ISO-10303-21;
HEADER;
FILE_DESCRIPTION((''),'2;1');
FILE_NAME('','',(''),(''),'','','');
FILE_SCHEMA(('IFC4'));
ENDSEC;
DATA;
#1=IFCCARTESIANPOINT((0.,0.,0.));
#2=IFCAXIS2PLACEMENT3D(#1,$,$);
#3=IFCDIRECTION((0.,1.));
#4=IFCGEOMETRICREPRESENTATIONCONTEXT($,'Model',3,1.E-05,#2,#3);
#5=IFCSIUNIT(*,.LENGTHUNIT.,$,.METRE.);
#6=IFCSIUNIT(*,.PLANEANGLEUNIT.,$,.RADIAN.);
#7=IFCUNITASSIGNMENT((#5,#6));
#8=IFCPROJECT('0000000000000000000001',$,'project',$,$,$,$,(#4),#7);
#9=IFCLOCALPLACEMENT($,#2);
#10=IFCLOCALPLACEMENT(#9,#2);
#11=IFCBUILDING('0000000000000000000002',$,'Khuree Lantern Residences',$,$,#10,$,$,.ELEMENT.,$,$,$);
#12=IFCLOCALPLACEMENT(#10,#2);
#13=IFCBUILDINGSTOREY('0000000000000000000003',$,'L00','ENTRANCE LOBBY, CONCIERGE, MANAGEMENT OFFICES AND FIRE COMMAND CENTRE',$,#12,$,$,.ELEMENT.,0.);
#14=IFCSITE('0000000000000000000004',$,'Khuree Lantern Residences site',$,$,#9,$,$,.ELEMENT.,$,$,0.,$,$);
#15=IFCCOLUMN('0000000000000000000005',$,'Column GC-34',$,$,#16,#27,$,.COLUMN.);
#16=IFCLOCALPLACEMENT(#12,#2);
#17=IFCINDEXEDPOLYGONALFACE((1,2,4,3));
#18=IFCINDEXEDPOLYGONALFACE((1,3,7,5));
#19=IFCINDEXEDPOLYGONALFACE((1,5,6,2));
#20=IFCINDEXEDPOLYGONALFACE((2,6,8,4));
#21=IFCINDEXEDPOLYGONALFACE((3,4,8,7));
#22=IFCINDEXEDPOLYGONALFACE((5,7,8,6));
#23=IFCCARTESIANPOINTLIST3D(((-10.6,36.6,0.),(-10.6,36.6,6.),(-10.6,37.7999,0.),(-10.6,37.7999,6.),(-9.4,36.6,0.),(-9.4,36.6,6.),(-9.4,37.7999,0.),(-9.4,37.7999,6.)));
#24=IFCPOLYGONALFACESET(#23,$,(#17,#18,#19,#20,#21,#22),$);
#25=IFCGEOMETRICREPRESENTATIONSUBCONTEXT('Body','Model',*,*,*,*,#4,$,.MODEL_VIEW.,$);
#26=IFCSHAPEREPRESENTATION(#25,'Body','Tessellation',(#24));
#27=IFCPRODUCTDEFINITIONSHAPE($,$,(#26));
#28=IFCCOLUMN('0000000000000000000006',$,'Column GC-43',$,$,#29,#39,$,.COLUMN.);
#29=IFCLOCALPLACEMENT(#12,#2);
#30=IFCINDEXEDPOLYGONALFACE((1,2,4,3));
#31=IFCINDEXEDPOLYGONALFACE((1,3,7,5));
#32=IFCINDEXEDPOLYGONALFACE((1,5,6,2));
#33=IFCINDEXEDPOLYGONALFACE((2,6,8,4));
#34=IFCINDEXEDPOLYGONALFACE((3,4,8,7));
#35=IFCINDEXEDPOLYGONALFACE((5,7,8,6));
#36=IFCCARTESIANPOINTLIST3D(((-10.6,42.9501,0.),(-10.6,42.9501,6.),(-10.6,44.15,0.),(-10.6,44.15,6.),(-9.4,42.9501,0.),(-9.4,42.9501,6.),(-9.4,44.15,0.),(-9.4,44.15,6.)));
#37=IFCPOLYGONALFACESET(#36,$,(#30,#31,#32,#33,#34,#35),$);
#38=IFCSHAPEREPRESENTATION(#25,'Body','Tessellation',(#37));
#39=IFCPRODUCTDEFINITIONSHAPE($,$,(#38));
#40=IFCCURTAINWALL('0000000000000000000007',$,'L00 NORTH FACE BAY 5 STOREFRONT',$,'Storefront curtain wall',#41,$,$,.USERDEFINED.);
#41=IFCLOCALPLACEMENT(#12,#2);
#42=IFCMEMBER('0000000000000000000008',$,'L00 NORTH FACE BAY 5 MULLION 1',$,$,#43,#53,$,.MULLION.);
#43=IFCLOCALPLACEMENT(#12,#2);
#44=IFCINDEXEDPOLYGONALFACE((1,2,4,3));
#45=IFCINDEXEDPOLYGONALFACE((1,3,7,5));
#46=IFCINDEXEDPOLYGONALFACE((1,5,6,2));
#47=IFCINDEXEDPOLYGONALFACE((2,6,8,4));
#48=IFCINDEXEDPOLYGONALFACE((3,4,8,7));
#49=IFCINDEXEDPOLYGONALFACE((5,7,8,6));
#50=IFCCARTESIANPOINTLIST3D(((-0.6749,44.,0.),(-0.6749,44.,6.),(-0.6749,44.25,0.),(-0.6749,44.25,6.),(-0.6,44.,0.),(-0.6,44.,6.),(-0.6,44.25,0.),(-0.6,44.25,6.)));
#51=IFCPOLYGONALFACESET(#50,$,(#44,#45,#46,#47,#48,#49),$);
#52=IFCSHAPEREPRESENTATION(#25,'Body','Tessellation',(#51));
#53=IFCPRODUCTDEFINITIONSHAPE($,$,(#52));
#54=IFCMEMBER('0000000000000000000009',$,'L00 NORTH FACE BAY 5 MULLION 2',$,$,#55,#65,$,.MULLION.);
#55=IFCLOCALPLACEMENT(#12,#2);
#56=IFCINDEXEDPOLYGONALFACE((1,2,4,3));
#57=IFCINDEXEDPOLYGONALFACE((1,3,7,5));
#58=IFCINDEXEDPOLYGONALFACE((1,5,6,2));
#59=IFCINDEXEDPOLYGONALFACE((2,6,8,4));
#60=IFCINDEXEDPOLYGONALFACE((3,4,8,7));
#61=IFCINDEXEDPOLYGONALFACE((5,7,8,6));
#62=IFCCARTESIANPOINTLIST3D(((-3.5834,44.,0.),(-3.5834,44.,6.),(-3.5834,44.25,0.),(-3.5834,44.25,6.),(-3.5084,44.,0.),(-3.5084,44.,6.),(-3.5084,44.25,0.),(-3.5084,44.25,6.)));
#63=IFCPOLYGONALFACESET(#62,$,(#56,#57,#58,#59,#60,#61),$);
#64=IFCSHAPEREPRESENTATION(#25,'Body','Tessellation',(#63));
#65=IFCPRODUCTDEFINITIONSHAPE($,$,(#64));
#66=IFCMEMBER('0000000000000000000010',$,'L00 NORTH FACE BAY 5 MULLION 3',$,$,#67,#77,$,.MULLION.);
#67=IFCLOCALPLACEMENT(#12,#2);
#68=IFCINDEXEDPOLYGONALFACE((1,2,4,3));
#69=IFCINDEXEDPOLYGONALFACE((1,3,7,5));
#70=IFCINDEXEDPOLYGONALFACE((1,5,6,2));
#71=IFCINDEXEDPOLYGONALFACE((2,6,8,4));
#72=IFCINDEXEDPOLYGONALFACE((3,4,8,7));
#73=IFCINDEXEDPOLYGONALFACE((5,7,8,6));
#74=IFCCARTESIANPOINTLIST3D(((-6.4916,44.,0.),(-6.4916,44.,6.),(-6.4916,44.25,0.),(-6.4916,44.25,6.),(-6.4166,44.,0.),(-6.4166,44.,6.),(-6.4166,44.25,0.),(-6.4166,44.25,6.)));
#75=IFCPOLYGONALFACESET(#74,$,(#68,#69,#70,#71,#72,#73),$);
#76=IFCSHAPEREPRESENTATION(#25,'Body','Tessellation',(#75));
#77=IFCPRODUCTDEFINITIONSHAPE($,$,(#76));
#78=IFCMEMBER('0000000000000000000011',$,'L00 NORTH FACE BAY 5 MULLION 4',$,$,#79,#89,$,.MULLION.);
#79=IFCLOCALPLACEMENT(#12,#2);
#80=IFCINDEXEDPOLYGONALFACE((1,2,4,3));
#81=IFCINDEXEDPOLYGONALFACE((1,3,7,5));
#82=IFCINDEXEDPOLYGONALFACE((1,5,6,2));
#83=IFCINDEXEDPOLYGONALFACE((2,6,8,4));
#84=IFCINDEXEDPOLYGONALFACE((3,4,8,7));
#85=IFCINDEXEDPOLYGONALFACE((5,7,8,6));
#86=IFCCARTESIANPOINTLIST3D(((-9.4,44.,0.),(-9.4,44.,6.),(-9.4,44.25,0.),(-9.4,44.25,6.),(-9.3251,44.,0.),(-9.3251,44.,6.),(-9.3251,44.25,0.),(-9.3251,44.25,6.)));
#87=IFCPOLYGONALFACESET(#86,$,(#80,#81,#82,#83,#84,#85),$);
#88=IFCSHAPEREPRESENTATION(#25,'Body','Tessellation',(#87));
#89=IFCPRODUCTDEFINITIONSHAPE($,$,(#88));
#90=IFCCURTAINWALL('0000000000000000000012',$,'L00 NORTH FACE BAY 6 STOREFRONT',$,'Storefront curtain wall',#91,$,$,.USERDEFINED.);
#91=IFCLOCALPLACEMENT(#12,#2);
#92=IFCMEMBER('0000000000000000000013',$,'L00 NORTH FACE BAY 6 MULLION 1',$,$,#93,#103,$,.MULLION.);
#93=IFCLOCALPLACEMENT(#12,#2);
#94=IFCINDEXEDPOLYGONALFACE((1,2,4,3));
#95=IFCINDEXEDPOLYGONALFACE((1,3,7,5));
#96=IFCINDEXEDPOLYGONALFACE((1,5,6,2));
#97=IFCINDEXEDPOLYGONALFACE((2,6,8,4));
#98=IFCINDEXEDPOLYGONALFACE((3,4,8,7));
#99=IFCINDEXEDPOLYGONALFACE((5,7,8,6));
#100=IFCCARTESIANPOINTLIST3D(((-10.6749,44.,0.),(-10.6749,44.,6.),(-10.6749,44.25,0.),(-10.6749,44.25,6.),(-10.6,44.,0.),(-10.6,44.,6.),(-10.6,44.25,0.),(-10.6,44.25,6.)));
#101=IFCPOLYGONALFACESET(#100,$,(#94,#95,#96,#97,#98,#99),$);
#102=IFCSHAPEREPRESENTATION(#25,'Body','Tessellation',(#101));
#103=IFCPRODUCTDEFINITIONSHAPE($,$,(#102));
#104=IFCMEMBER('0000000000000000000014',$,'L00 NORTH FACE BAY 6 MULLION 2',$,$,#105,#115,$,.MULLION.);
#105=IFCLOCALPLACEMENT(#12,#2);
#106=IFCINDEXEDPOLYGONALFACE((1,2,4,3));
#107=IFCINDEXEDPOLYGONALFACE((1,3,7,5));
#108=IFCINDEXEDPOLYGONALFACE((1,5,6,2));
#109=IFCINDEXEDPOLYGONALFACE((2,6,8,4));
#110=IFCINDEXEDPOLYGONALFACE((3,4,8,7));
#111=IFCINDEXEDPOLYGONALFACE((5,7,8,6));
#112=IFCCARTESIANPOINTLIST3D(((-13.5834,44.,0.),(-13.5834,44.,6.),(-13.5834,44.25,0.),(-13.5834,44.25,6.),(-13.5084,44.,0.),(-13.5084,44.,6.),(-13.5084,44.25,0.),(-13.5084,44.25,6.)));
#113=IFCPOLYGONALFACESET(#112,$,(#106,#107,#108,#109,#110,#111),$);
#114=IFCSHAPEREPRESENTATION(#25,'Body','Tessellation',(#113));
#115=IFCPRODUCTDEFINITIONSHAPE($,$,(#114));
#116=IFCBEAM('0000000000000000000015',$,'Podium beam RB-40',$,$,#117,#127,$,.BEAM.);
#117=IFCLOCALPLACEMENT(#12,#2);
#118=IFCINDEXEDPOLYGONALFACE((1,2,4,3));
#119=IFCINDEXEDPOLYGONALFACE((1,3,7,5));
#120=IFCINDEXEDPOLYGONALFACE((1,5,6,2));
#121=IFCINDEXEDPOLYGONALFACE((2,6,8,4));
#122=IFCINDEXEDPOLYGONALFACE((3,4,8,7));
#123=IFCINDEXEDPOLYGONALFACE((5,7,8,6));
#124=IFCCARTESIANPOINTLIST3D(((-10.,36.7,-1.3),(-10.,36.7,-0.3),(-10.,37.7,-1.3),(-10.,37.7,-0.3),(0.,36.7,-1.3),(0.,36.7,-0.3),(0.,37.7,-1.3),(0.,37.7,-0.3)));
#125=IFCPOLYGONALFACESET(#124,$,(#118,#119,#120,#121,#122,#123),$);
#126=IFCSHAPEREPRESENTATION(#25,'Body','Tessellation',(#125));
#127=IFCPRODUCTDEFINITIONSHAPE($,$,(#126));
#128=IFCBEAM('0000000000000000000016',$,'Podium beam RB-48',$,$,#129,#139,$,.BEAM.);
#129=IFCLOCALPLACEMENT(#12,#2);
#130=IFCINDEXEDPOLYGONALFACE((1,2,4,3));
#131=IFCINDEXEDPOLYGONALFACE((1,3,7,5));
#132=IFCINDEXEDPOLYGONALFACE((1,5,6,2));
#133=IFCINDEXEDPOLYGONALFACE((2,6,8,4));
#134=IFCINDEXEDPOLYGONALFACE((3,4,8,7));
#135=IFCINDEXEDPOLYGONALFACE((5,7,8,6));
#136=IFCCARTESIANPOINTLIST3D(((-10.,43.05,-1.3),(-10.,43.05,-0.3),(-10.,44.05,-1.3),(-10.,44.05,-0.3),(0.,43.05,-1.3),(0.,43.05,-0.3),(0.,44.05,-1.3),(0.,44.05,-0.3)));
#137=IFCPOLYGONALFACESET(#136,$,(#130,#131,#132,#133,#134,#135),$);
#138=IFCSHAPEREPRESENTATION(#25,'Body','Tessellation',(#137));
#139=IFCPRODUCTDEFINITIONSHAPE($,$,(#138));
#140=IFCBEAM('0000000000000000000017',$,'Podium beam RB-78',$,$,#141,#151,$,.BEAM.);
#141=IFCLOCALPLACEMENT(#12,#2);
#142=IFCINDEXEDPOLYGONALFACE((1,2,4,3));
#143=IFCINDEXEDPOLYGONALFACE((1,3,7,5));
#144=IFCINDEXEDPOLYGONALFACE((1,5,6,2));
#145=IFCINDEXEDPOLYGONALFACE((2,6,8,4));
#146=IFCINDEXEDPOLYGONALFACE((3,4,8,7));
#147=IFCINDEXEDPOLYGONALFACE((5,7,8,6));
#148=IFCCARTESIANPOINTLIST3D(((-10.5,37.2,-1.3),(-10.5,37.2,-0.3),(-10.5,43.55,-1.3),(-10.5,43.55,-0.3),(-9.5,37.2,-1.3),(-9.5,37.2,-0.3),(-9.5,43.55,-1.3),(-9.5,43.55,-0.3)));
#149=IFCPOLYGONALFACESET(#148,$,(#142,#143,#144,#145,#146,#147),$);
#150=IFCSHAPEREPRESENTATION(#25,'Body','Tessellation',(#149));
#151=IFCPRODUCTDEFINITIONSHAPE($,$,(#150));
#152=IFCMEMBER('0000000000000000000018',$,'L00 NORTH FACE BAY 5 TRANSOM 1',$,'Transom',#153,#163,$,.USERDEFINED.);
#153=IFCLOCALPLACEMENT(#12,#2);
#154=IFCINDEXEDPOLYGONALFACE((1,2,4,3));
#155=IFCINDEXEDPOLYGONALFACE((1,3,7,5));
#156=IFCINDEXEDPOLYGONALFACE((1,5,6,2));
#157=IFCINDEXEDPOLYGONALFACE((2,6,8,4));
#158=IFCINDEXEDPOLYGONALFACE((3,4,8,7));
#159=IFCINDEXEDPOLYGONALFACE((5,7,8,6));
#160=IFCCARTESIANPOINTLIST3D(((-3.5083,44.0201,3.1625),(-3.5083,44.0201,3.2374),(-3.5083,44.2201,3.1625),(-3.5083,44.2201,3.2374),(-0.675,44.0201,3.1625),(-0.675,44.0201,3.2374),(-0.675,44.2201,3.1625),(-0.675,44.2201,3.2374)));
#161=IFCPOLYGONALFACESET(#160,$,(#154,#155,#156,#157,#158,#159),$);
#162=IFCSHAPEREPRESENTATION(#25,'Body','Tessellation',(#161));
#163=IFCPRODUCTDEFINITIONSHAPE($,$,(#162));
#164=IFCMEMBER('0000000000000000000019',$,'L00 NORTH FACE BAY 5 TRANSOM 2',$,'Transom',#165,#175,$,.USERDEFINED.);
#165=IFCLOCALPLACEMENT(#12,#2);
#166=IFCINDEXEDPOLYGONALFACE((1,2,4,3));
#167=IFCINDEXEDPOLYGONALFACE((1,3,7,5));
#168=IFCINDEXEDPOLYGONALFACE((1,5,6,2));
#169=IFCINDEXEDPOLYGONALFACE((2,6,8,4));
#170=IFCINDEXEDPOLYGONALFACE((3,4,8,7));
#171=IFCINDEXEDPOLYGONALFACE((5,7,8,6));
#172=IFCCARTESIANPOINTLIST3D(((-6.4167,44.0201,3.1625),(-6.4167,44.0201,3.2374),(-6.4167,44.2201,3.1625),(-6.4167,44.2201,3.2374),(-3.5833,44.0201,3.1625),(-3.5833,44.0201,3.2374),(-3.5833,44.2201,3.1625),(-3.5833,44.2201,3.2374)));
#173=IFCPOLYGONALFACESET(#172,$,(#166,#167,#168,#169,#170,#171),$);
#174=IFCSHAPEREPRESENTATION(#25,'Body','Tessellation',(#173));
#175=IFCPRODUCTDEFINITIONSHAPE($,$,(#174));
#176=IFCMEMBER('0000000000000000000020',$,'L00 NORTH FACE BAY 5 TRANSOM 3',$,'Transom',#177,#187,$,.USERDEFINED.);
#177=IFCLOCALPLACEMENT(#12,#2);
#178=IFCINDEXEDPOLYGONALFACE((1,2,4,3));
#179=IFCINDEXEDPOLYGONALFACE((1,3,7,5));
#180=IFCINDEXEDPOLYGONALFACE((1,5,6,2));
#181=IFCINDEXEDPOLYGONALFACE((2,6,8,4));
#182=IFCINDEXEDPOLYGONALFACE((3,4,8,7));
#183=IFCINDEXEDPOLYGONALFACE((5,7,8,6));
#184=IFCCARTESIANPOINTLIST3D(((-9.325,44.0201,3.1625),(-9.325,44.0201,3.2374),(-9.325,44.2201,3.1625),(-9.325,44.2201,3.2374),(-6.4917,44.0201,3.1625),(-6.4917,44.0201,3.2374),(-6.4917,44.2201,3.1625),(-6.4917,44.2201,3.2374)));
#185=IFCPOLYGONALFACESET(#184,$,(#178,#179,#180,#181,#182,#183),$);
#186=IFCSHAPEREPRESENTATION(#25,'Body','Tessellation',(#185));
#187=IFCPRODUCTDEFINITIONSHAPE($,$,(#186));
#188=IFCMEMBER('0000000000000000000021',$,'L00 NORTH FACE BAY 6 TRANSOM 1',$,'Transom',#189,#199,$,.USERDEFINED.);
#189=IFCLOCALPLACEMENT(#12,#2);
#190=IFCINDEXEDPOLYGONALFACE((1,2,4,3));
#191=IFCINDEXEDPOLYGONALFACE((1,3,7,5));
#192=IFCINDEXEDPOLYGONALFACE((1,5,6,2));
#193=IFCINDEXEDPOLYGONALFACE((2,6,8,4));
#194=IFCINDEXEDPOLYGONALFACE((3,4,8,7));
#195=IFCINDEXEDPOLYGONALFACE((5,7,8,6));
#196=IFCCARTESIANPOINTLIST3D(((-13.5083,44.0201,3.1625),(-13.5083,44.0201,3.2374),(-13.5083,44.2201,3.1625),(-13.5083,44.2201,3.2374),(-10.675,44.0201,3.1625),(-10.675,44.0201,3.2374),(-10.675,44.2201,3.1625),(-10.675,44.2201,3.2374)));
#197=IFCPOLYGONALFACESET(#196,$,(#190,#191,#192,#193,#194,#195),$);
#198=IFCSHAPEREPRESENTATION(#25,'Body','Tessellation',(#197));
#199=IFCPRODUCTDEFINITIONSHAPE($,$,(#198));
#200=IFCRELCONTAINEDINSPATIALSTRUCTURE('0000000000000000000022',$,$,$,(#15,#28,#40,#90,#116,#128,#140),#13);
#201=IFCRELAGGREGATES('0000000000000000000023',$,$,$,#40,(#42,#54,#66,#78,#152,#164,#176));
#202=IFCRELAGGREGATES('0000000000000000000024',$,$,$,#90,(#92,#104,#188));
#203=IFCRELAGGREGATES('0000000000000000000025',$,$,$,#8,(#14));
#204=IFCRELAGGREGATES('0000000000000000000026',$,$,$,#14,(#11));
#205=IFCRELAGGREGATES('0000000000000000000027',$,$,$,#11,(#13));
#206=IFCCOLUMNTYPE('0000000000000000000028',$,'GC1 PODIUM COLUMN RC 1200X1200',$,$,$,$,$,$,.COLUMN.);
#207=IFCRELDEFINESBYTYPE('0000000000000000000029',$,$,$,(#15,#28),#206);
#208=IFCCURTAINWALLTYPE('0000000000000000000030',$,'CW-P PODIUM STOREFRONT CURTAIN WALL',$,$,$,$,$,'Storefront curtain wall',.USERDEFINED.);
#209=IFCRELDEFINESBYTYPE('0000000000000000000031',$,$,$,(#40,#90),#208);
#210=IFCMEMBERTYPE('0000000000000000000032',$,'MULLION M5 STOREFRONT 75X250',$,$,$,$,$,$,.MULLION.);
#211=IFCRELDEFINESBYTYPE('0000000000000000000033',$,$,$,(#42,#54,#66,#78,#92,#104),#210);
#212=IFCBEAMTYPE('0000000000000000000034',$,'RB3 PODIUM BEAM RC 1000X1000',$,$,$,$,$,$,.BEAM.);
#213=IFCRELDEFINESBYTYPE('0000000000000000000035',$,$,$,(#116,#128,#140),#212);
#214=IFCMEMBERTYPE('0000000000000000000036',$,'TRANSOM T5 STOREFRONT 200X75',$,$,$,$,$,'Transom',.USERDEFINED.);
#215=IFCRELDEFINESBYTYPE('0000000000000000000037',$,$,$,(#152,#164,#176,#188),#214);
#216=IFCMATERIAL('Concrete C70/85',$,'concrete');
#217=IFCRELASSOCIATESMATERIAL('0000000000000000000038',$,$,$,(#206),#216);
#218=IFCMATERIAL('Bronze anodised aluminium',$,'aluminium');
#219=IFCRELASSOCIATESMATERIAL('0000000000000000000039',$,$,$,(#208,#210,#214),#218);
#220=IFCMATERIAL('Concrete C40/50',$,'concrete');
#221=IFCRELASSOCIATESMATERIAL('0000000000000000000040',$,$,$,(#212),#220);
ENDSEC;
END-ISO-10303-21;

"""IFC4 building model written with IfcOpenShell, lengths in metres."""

from ifc_helpers import new_model, si_unit, direction, frame, origin, origin_2d, place, context, subcontext, project, spatial, rectangle, extrude, material, material_profile, profile_set, type_object, element, aggregate, save


model = new_model("IFC4")

# Units and contexts
model_context = context("Model", 3, precision=1e-05, world=origin(), true_north=direction((0.0, 1.0)))
body_context = subcontext(model_context, "Body", "Model", "MODEL_VIEW")
ifc_project = project(units=[si_unit("LENGTHUNIT", "METRE"), si_unit("PLANEANGLEUNIT", "RADIAN")], contexts=[model_context])

# Site, building, storey
site_placement = place(None, origin())
site = spatial("IfcSite", under=ifc_project, at=site_placement, Name="Khuree Lantern Residences site", CompositionType="ELEMENT", RefElevation=0.0)
building_placement = place(site_placement, origin())
building = spatial("IfcBuilding", under=site, at=building_placement, Name="Khuree Lantern Residences", CompositionType="ELEMENT")
storey_placement = place(building_placement, origin())
storey = spatial("IfcBuildingStorey", under=building, at=storey_placement, Name="L00", Description="ENTRANCE LOBBY, CONCIERGE, MANAGEMENT OFFICES AND FIRE COMMAND CENTRE", CompositionType="ELEMENT", Elevation=0.0)

# Columns
ifc_material_1 = material(Name="Concrete C70/85", Category="concrete")
ifc_material_profile_1 = material_profile(ifc_material_1, rectangle(XDim=1.2, YDim=1.2, at=origin_2d()), Name="RC 1200X1200")
ifc_profile_set_1 = profile_set([ifc_material_profile_1], Name="Concrete C70/85")
column_type = type_object("IfcColumnType", Name="GC1 PODIUM COLUMN RC 1200X1200", PredefinedType="COLUMN", material=ifc_profile_set_1)
for number, where, z_axis, x_axis, name in (
    (1, (-10.0, 37.2, 0.0), (0.0, 0.0, 1.0), (1.0, 0.0, 0.0), "Column GC-34"),
    (2, (-10.0, 43.55, 0.0), (0.0, 0.0, 1.0), (1.0, 0.0, 0.0), "Column GC-43"),
):
    element("IfcColumn", number, at=place(storey_placement, frame(where, z_axis=z_axis, x_axis=x_axis)), inside=storey, type_object=column_type, Name=name, PredefinedType="COLUMN", context=body_context, shape_type="SweptSolid", body=[
        extrude(rectangle(XDim=1.2, YDim=1.2, at=origin_2d()), origin(), (0.0, 0.0, 1.0), 6.0),
    ])

# Curtain walls, members
ifc_material_2 = material(Name="Bronze anodised aluminium", Category="aluminium")
curtain_wall_type = type_object("IfcCurtainWallType", Name="CW-P PODIUM STOREFRONT CURTAIN WALL", ElementType="Storefront curtain wall", PredefinedType="USERDEFINED", material=ifc_material_2)
curtain_wall_1_placement = place(storey_placement, origin())
curtain_wall_1 = element("IfcCurtainWall", 3, at=curtain_wall_1_placement, inside=storey, type_object=curtain_wall_type, Name="L00 NORTH FACE BAY 5 STOREFRONT", ObjectType="Storefront curtain wall", PredefinedType="USERDEFINED")
ifc_material_profile_2 = material_profile(ifc_material_2, rectangle(XDim=0.075, YDim=0.25, at=origin_2d()), Name="M5 75X250")
ifc_profile_set_2 = profile_set([ifc_material_profile_2], Name="Bronze anodised aluminium")
member_type_1 = type_object("IfcMemberType", Name="MULLION M5 STOREFRONT 75X250", PredefinedType="MULLION", material=ifc_profile_set_2)
member_1_placement = place(storey_placement, frame((-0.6375, 44.125, 0.0), z_axis=(0.0, 0.0, 1.0), x_axis=(-1.0, 0.0, 0.0)))
member_1 = element("IfcMember", 4, at=member_1_placement, type_object=member_type_1, Name="L00 NORTH FACE BAY 5 MULLION 1", PredefinedType="MULLION", context=body_context, shape_type="SweptSolid", body=[
    extrude(rectangle(XDim=0.075, YDim=0.25, at=origin_2d()), origin(), (0.0, 0.0, 1.0), 6.0),
])
member_2_placement = place(storey_placement, frame((-3.5459, 44.125, 0.0), z_axis=(0.0, 0.0, 1.0), x_axis=(-1.0, 0.0, 0.0)))
member_2 = element("IfcMember", 5, at=member_2_placement, type_object=member_type_1, Name="L00 NORTH FACE BAY 5 MULLION 2", PredefinedType="MULLION", context=body_context, shape_type="SweptSolid", body=[
    extrude(rectangle(XDim=0.075, YDim=0.25, at=origin_2d()), origin(), (0.0, 0.0, 1.0), 6.0),
])
member_3_placement = place(storey_placement, frame((-6.4541, 44.125, 0.0), z_axis=(0.0, 0.0, 1.0), x_axis=(-1.0, 0.0, 0.0)))
member_3 = element("IfcMember", 6, at=member_3_placement, type_object=member_type_1, Name="L00 NORTH FACE BAY 5 MULLION 3", PredefinedType="MULLION", context=body_context, shape_type="SweptSolid", body=[
    extrude(rectangle(XDim=0.075, YDim=0.25, at=origin_2d()), origin(), (0.0, 0.0, 1.0), 6.0),
])
member_4_placement = place(storey_placement, frame((-9.3625, 44.125, 0.0), z_axis=(0.0, 0.0, 1.0), x_axis=(-1.0, 0.0, 0.0)))
member_4 = element("IfcMember", 7, at=member_4_placement, type_object=member_type_1, Name="L00 NORTH FACE BAY 5 MULLION 4", PredefinedType="MULLION", context=body_context, shape_type="SweptSolid", body=[
    extrude(rectangle(XDim=0.075, YDim=0.25, at=origin_2d()), origin(), (0.0, 0.0, 1.0), 6.0),
])
curtain_wall_2_placement = place(storey_placement, origin())
curtain_wall_2 = element("IfcCurtainWall", 8, at=curtain_wall_2_placement, inside=storey, type_object=curtain_wall_type, Name="L00 NORTH FACE BAY 6 STOREFRONT", ObjectType="Storefront curtain wall", PredefinedType="USERDEFINED")
member_5_placement = place(storey_placement, frame((-10.6375, 44.125, 0.0), z_axis=(0.0, 0.0, 1.0), x_axis=(-1.0, 0.0, 0.0)))
member_5 = element("IfcMember", 9, at=member_5_placement, type_object=member_type_1, Name="L00 NORTH FACE BAY 6 MULLION 1", PredefinedType="MULLION", context=body_context, shape_type="SweptSolid", body=[
    extrude(rectangle(XDim=0.075, YDim=0.25, at=origin_2d()), origin(), (0.0, 0.0, 1.0), 6.0),
])
member_6_placement = place(storey_placement, frame((-13.5459, 44.125, 0.0), z_axis=(0.0, 0.0, 1.0), x_axis=(-1.0, 0.0, 0.0)))
member_6 = element("IfcMember", 10, at=member_6_placement, type_object=member_type_1, Name="L00 NORTH FACE BAY 6 MULLION 2", PredefinedType="MULLION", context=body_context, shape_type="SweptSolid", body=[
    extrude(rectangle(XDim=0.075, YDim=0.25, at=origin_2d()), origin(), (0.0, 0.0, 1.0), 6.0),
])

# Beams
ifc_material_3 = material(Name="Concrete C40/50", Category="concrete")
ifc_material_profile_3 = material_profile(ifc_material_3, rectangle(XDim=1.0, YDim=1.0, at=origin_2d()), Name="RC 1000X1000")
ifc_profile_set_3 = profile_set([ifc_material_profile_3], Name="Concrete C40/50")
beam_type = type_object("IfcBeamType", Name="RB3 PODIUM BEAM RC 1000X1000", PredefinedType="BEAM", material=ifc_profile_set_3)
for number, where, z_axis, x_axis, name in (
    (11, (-10.0, 37.2, -0.8), (1.0, 0.0, 0.0), (0.0, 1.0, 0.0), "Podium beam RB-40"),
    (12, (-10.0, 43.55, -0.8), (1.0, 0.0, 0.0), (0.0, 1.0, 0.0), "Podium beam RB-48"),
):
    element("IfcBeam", number, at=place(storey_placement, frame(where, z_axis=z_axis, x_axis=x_axis)), inside=storey, type_object=beam_type, Name=name, PredefinedType="BEAM", context=body_context, shape_type="SweptSolid", body=[
        extrude(rectangle(XDim=1.0, YDim=1.0, at=origin_2d()), origin(), (0.0, 0.0, 1.0), 10.0),
    ])
beam_placement = place(storey_placement, frame((-10.0, 37.2, -0.8), z_axis=(0.0, 1.0, 0.0), x_axis=(-1.0, 0.0, 0.0)))
element("IfcBeam", 13, at=beam_placement, inside=storey, type_object=beam_type, Name="Podium beam RB-78", PredefinedType="BEAM", context=body_context, shape_type="SweptSolid", body=[
    extrude(rectangle(XDim=1.0, YDim=1.0, at=origin_2d()), origin(), (0.0, 0.0, 1.0), 6.3501),
])

# Members
ifc_material_profile_4 = material_profile(ifc_material_2, rectangle(XDim=0.2, YDim=0.075, at=origin_2d()), Name="T5 200X75")
ifc_profile_set_4 = profile_set([ifc_material_profile_4], Name="Bronze anodised aluminium")
member_type_2 = type_object("IfcMemberType", Name="TRANSOM T5 STOREFRONT 200X75", ElementType="Transom", PredefinedType="USERDEFINED", material=ifc_profile_set_4)
member_7_placement = place(storey_placement, frame((-0.675, 44.1201, 3.2), z_axis=(-1.0, 0.0, 0.0), x_axis=(0.0, -1.0, 0.0)))
member_7 = element("IfcMember", 14, at=member_7_placement, type_object=member_type_2, Name="L00 NORTH FACE BAY 5 TRANSOM 1", ObjectType="Transom", PredefinedType="USERDEFINED", context=body_context, shape_type="SweptSolid", body=[
    extrude(rectangle(XDim=0.2, YDim=0.075, at=origin_2d()), origin(), (0.0, 0.0, 1.0), 2.8333),
])
member_8_placement = place(storey_placement, frame((-3.5833, 44.1201, 3.2), z_axis=(-1.0, 0.0, 0.0), x_axis=(0.0, -1.0, 0.0)))
member_8 = element("IfcMember", 15, at=member_8_placement, type_object=member_type_2, Name="L00 NORTH FACE BAY 5 TRANSOM 2", ObjectType="Transom", PredefinedType="USERDEFINED", context=body_context, shape_type="SweptSolid", body=[
    extrude(rectangle(XDim=0.2, YDim=0.075, at=origin_2d()), origin(), (0.0, 0.0, 1.0), 2.8335),
])
member_9_placement = place(storey_placement, frame((-6.4917, 44.1201, 3.2), z_axis=(-1.0, 0.0, 0.0), x_axis=(0.0, -1.0, 0.0)))
member_9 = element("IfcMember", 16, at=member_9_placement, type_object=member_type_2, Name="L00 NORTH FACE BAY 5 TRANSOM 3", ObjectType="Transom", PredefinedType="USERDEFINED", context=body_context, shape_type="SweptSolid", body=[
    extrude(rectangle(XDim=0.2, YDim=0.075, at=origin_2d()), origin(), (0.0, 0.0, 1.0), 2.8333),
])
member_10_placement = place(storey_placement, frame((-10.675, 44.1201, 3.2), z_axis=(-1.0, 0.0, 0.0), x_axis=(0.0, -1.0, 0.0)))
member_10 = element("IfcMember", 17, at=member_10_placement, type_object=member_type_2, Name="L00 NORTH FACE BAY 6 TRANSOM 1", ObjectType="Transom", PredefinedType="USERDEFINED", context=body_context, shape_type="SweptSolid", body=[
    extrude(rectangle(XDim=0.2, YDim=0.075, at=origin_2d()), origin(), (0.0, 0.0, 1.0), 2.8333),
])

aggregate(curtain_wall_1, [member_1, member_2, member_3, member_4, member_7, member_8, member_9])
aggregate(curtain_wall_2, [member_5, member_6, member_10])

save(model, "model.ifc")
